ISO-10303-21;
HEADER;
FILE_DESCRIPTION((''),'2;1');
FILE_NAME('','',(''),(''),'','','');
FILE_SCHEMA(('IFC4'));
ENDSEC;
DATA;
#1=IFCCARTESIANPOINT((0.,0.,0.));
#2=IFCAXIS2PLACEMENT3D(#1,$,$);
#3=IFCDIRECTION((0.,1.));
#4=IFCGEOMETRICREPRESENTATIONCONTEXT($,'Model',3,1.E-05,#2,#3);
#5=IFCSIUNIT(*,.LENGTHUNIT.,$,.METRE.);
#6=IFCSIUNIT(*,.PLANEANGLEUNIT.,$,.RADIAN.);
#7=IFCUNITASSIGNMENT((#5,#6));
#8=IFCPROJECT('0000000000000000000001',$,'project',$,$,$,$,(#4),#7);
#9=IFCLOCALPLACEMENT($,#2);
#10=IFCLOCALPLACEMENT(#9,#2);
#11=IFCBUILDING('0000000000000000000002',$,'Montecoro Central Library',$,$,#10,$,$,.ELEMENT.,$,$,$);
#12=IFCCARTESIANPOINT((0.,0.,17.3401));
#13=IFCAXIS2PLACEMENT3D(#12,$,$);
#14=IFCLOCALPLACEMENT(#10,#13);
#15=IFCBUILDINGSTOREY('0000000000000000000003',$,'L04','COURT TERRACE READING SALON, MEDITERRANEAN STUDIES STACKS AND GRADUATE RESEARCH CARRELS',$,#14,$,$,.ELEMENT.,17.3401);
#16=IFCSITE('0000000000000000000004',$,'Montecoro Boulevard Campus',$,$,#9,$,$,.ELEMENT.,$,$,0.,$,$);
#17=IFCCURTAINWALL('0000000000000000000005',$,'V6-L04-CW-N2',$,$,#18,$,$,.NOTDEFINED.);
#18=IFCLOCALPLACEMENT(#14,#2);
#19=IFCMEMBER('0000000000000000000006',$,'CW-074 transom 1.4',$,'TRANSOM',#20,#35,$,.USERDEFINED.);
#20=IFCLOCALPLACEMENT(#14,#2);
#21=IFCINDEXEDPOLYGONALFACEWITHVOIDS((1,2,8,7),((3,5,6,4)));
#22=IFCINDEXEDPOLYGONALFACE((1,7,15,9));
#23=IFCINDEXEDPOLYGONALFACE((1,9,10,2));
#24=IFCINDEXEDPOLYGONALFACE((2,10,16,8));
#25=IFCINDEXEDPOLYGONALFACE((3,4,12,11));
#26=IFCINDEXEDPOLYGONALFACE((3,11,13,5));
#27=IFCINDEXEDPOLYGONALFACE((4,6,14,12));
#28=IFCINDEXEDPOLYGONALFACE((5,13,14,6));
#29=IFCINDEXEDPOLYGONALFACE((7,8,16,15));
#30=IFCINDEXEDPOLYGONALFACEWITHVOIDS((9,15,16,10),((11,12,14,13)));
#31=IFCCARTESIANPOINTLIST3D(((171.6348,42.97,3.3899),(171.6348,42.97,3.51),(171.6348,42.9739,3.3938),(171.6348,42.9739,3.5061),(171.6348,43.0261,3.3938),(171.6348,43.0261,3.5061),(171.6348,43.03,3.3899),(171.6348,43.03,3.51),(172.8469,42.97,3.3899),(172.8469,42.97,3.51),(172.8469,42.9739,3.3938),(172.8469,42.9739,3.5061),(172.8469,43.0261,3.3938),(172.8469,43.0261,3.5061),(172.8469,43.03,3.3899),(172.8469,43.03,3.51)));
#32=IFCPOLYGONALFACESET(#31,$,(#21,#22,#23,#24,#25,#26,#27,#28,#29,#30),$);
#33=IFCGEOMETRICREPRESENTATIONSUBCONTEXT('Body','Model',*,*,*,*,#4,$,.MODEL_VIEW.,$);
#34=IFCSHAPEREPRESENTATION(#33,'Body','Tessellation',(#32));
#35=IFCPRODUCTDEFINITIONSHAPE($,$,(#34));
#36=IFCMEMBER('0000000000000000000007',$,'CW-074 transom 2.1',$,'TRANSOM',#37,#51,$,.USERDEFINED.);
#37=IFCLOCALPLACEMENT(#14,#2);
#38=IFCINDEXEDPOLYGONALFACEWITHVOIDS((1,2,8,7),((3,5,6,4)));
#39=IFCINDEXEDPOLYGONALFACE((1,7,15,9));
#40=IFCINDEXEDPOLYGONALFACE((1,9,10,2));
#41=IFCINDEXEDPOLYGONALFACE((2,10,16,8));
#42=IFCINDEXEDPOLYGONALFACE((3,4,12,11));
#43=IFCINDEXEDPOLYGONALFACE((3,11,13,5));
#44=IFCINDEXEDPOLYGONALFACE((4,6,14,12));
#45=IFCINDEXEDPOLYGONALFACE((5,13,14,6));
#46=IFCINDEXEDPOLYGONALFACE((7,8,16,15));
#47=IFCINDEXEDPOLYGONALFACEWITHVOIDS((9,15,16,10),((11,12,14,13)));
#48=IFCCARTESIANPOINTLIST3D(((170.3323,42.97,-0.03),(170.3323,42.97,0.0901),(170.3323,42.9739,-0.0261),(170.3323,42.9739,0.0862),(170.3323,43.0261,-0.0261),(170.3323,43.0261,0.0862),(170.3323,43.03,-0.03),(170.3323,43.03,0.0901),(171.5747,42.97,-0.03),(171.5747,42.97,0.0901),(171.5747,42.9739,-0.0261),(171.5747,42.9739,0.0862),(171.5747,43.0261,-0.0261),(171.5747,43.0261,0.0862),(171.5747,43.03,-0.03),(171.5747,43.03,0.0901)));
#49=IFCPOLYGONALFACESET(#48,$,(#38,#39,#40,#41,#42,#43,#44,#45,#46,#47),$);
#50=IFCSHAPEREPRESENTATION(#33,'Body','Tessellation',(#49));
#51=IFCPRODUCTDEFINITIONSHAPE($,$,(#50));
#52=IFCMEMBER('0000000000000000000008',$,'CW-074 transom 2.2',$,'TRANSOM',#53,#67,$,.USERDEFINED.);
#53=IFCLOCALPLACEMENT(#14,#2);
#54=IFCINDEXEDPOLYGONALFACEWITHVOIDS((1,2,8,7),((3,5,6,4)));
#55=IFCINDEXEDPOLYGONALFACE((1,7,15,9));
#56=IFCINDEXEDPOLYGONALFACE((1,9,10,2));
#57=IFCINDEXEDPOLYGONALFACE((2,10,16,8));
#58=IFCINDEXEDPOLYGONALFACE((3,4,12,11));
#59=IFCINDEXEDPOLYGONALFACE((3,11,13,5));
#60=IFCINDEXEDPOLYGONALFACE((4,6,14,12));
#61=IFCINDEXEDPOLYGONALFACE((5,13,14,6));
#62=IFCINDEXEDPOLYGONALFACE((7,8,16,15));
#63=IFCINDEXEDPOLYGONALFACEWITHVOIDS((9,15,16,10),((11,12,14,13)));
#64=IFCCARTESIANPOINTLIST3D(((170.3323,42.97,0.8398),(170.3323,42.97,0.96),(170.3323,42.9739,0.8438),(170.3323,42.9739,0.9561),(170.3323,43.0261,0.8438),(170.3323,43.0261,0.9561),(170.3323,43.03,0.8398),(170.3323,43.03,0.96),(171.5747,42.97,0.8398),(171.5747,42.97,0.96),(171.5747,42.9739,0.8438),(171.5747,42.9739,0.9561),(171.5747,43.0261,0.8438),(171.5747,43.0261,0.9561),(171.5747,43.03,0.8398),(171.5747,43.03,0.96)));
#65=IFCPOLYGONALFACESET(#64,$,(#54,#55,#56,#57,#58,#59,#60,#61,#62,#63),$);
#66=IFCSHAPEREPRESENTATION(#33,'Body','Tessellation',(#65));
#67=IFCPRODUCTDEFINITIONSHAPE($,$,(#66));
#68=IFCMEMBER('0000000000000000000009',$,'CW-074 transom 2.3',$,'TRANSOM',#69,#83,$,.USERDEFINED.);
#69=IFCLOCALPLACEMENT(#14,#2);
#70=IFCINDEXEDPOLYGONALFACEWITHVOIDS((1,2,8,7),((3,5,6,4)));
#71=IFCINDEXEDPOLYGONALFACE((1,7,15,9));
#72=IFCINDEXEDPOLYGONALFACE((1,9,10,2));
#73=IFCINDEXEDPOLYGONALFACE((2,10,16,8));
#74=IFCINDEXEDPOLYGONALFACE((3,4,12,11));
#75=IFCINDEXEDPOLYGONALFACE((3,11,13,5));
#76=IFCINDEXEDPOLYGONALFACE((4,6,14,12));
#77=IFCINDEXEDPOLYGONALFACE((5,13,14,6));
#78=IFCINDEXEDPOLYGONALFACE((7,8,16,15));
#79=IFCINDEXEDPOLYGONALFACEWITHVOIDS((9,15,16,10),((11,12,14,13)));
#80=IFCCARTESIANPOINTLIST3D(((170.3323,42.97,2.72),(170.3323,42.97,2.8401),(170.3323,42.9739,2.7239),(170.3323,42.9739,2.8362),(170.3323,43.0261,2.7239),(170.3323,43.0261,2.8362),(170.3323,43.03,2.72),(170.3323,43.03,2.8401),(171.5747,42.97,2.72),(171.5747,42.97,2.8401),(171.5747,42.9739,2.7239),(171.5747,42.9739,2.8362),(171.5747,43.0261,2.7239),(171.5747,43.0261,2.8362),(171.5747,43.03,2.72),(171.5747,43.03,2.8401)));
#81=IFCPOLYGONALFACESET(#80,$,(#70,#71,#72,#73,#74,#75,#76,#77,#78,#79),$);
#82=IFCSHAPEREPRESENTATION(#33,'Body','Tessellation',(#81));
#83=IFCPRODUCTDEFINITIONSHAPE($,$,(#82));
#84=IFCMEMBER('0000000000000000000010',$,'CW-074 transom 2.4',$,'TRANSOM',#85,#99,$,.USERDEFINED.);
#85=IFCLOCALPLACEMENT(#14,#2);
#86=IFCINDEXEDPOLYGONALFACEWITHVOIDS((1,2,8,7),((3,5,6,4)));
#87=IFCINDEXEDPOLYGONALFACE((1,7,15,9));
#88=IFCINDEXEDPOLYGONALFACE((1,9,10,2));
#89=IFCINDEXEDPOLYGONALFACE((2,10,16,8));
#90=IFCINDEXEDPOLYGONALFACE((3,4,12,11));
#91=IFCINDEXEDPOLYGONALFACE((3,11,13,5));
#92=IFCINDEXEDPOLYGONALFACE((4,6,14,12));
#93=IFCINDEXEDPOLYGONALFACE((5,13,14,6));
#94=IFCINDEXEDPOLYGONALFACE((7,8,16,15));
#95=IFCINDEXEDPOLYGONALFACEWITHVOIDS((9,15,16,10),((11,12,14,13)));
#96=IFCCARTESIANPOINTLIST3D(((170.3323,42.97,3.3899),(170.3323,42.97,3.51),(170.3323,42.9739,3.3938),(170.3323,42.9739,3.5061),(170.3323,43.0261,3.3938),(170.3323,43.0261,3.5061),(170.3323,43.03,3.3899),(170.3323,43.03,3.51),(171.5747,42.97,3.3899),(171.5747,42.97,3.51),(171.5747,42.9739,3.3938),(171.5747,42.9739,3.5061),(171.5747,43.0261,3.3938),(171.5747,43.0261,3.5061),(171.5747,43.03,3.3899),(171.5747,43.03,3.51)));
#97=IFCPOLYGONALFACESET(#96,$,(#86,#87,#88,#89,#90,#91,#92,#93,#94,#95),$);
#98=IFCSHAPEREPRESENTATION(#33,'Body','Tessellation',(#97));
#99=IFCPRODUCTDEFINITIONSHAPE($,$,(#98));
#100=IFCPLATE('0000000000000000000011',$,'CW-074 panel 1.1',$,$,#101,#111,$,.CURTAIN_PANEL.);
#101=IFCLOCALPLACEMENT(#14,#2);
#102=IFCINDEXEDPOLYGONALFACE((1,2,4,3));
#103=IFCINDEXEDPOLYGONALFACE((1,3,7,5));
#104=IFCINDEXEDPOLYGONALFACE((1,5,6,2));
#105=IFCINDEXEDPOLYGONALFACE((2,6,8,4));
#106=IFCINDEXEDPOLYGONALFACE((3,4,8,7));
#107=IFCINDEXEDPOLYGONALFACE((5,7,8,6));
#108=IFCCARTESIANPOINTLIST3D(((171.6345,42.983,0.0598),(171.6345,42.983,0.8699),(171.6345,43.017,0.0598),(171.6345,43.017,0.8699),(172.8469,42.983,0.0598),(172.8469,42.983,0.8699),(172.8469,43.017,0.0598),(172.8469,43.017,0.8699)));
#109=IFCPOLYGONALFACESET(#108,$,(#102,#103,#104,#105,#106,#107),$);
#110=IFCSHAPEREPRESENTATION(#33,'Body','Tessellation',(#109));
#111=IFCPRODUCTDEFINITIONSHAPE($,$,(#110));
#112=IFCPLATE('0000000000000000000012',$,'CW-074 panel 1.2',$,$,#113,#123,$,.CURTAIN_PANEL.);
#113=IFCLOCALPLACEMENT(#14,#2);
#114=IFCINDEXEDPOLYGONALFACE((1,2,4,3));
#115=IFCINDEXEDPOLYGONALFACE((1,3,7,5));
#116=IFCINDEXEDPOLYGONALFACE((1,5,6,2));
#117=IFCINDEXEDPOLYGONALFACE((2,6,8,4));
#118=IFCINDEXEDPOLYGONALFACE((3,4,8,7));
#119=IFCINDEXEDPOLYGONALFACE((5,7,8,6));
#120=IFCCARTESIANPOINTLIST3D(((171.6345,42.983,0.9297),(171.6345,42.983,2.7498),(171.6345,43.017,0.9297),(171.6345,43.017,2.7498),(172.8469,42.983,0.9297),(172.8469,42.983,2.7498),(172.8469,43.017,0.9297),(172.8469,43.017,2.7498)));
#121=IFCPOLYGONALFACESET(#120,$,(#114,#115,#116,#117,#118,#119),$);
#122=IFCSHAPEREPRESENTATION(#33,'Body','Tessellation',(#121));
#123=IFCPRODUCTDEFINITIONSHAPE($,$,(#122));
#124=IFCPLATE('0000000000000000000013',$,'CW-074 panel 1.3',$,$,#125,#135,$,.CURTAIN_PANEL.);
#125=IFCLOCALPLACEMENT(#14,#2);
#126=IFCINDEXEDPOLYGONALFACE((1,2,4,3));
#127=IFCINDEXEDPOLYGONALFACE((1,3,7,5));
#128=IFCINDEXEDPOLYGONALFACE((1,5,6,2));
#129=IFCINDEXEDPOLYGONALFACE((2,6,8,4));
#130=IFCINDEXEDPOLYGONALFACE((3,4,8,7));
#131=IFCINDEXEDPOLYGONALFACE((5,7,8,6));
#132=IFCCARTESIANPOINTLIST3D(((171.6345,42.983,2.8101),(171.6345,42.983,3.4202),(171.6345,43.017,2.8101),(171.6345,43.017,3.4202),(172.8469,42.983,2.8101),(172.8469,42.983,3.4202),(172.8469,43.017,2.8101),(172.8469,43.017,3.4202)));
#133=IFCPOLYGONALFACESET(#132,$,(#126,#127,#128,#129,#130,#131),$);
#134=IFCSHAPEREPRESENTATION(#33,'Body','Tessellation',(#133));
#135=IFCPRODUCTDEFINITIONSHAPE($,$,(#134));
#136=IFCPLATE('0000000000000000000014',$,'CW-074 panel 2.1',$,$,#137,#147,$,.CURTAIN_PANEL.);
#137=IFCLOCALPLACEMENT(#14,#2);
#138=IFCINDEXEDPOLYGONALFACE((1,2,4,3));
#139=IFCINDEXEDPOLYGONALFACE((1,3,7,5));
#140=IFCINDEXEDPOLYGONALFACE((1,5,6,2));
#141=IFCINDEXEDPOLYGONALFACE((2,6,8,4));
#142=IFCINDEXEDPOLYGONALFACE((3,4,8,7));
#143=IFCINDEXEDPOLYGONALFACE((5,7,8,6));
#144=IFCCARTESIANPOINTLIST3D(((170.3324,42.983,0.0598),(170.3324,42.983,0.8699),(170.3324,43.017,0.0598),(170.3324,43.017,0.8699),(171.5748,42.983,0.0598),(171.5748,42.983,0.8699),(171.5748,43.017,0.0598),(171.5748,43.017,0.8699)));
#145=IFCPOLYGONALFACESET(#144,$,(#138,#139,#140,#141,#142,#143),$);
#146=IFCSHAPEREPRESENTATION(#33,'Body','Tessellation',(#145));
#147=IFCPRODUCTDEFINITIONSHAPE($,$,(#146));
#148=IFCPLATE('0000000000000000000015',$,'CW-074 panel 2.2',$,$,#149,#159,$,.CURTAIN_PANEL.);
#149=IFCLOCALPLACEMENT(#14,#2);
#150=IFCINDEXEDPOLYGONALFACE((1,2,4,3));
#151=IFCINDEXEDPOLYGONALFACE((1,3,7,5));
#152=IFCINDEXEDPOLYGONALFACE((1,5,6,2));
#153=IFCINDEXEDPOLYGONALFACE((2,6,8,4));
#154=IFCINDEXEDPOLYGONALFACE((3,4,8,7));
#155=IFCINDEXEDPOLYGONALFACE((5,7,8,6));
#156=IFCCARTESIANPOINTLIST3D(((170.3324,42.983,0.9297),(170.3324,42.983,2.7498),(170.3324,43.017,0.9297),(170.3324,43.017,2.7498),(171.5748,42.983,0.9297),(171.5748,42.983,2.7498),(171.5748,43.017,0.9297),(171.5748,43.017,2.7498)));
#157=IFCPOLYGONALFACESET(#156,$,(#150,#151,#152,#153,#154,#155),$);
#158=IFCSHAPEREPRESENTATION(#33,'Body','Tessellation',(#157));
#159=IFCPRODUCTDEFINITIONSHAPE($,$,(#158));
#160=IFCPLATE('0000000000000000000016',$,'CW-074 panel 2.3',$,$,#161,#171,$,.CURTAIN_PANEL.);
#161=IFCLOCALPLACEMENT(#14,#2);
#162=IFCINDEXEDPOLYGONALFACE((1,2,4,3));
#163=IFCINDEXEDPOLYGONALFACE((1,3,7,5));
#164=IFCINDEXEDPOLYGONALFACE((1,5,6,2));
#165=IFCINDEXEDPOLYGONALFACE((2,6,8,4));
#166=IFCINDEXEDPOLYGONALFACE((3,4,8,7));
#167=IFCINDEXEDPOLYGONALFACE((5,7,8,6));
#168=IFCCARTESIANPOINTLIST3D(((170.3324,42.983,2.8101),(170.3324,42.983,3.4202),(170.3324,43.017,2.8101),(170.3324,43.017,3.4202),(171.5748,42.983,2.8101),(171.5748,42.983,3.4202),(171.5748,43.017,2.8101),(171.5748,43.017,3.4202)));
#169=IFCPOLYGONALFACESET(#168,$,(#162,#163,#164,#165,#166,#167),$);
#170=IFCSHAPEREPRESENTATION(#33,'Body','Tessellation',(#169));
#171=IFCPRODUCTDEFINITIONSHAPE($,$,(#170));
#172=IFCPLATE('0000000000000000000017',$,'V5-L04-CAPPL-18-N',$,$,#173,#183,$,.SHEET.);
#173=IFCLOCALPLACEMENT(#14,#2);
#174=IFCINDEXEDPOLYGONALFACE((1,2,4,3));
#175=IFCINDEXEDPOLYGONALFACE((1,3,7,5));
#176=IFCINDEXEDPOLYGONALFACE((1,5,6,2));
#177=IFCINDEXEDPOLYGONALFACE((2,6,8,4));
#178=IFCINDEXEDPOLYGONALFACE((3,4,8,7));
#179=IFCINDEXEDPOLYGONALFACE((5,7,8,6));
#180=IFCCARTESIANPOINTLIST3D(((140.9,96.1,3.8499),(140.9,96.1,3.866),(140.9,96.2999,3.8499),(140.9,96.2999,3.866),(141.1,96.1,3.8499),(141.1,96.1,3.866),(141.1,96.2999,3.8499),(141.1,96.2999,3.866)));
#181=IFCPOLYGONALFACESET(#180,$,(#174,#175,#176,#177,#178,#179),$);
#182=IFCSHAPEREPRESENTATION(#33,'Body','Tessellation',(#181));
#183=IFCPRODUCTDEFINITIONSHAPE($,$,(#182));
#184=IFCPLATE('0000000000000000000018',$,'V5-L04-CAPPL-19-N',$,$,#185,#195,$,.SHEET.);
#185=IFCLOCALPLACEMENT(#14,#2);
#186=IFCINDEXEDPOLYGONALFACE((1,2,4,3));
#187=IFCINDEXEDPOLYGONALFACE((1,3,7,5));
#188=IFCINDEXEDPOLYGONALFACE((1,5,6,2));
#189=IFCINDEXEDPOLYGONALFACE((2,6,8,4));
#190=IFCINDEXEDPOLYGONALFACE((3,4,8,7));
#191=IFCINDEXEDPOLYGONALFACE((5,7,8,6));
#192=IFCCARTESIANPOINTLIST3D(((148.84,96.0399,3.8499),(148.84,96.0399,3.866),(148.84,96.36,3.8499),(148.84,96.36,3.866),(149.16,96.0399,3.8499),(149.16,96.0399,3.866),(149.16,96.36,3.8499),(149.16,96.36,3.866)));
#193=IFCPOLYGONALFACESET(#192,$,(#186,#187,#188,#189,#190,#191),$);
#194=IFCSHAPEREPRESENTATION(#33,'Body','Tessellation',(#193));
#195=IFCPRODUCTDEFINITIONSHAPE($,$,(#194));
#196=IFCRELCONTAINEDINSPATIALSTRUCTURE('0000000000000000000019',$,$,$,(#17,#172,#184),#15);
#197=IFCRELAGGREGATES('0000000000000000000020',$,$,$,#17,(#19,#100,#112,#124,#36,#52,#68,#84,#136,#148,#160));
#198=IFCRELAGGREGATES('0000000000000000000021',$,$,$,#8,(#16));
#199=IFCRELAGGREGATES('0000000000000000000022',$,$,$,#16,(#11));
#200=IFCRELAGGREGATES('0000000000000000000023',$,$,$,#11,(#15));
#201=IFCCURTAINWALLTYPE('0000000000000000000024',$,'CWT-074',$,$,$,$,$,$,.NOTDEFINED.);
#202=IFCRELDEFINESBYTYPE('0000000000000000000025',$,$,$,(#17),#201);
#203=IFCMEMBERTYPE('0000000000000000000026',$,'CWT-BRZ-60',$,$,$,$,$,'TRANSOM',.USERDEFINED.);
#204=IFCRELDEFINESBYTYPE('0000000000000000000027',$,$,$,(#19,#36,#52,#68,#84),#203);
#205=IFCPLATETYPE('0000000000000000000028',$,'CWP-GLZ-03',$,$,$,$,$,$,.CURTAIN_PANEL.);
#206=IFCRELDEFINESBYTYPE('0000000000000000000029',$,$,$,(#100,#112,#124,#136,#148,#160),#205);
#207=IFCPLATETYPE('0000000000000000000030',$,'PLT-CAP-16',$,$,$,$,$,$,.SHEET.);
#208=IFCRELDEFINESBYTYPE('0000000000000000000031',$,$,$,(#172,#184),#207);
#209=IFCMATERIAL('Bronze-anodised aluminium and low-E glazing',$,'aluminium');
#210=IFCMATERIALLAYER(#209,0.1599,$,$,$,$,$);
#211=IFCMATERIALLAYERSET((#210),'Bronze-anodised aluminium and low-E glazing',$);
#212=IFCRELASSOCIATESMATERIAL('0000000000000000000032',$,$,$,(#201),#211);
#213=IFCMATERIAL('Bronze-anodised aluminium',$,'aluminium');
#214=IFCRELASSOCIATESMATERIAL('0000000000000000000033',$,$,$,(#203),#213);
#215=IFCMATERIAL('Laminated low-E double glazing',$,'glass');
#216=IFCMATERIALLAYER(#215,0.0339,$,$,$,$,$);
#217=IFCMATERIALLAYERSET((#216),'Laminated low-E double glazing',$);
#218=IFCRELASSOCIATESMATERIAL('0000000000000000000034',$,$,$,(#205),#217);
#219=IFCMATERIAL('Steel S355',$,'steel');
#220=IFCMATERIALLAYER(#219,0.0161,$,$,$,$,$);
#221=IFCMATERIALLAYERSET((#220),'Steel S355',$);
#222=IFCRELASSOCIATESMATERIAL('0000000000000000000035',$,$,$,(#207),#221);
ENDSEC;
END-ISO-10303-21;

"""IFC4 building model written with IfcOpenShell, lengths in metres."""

from ifc_helpers import new_model, si_unit, direction, frame, origin, origin_2d, place, context, subcontext, project, spatial, rectangle, hollow_rectangle, extrude, material, layer, layer_set, material_profile, profile_set, type_object, element, aggregate, save


model = new_model("IFC4")

# Units and contexts
model_context = context("Model", 3, precision=1e-05, world=origin(), true_north=direction((0.0, 1.0)))
body_context = subcontext(model_context, "Body", "Model", "MODEL_VIEW")
ifc_project = project(units=[si_unit("LENGTHUNIT", "METRE"), si_unit("PLANEANGLEUNIT", "RADIAN")], contexts=[model_context])

# Site, building, storey
site_placement = place(None, origin())
site = spatial("IfcSite", under=ifc_project, at=site_placement, Name="Montecoro Boulevard Campus", CompositionType="ELEMENT", RefElevation=0.0)
building_placement = place(site_placement, origin())
building = spatial("IfcBuilding", under=site, at=building_placement, Name="Montecoro Central Library", CompositionType="ELEMENT")
storey_placement = place(building_placement, frame((0.0, 0.0, 17.3401)))
storey = spatial("IfcBuildingStorey", under=building, at=storey_placement, Name="L04", Description="COURT TERRACE READING SALON, MEDITERRANEAN STUDIES STACKS AND GRADUATE RESEARCH CARRELS", CompositionType="ELEMENT", Elevation=17.3401)

# Shared definitions
ifc_material_1 = material(Name="Steel S355", Category="steel")

# Curtain wall, members, plates
ifc_material_2 = material(Name="Bronze-anodised aluminium and low-E glazing", Category="aluminium")
ifc_layer_1 = layer(ifc_material_2, 0.1599)
ifc_layer_set_1 = layer_set([ifc_layer_1], Name="Bronze-anodised aluminium and low-E glazing")
curtain_wall_type = type_object("IfcCurtainWallType", Name="CWT-074", PredefinedType="NOTDEFINED", material=ifc_layer_set_1)
curtain_wall_placement = place(storey_placement, origin())
curtain_wall = element("IfcCurtainWall", 1, at=curtain_wall_placement, inside=storey, type_object=curtain_wall_type, Name="V6-L04-CW-N2", PredefinedType="NOTDEFINED")
ifc_material_3 = material(Name="Bronze-anodised aluminium", Category="aluminium")
ifc_material_profile_1 = material_profile(ifc_material_3, hollow_rectangle(XDim=0.0601, YDim=0.1201, WallThickness=0.0039, at=origin_2d()), Name="CWT 120x60x4.0")
ifc_profile_set_1 = profile_set([ifc_material_profile_1], Name="Bronze-anodised aluminium")
member_type_1 = type_object("IfcMemberType", Name="CWT-BRZ-60", ElementType="TRANSOM", PredefinedType="USERDEFINED", material=ifc_profile_set_1)
member_1_placement = place(storey_placement, frame((172.8469, 43.0, 3.45), z_axis=(-1.0, 0.0, 0.0), x_axis=(0.0, -1.0, 0.0)))
member_1 = element("IfcMember", 2, at=member_1_placement, type_object=member_type_1, Name="CW-074 transom 1.4", ObjectType="TRANSOM", PredefinedType="USERDEFINED", context=body_context, shape_type="SweptSolid", body=[
    extrude(hollow_rectangle(XDim=0.0601, YDim=0.1201, WallThickness=0.0039, at=origin_2d()), origin(), (0.0, 0.0, 1.0), 1.2122),
])
member_2_placement = place(storey_placement, frame((171.5747, 43.0, 0.03), z_axis=(-1.0, 0.0, 0.0), x_axis=(0.0, -1.0, 0.0)))
member_2 = element("IfcMember", 3, at=member_2_placement, type_object=member_type_1, Name="CW-074 transom 2.1", ObjectType="TRANSOM", PredefinedType="USERDEFINED", context=body_context, shape_type="SweptSolid", body=[
    extrude(hollow_rectangle(XDim=0.0601, YDim=0.1201, WallThickness=0.0039, at=origin_2d()), origin(), (0.0, 0.0, 1.0), 1.2424),
])
member_3_placement = place(storey_placement, frame((171.5747, 43.0, 0.8999), z_axis=(-1.0, 0.0, 0.0), x_axis=(0.0, -1.0, 0.0)))
member_3 = element("IfcMember", 4, at=member_3_placement, type_object=member_type_1, Name="CW-074 transom 2.2", ObjectType="TRANSOM", PredefinedType="USERDEFINED", context=body_context, shape_type="SweptSolid", body=[
    extrude(hollow_rectangle(XDim=0.0601, YDim=0.1201, WallThickness=0.0039, at=origin_2d()), origin(), (0.0, 0.0, 1.0), 1.2424),
])
member_4_placement = place(storey_placement, frame((171.5747, 43.0, 2.78), z_axis=(-1.0, 0.0, 0.0), x_axis=(0.0, -1.0, 0.0)))
member_4 = element("IfcMember", 5, at=member_4_placement, type_object=member_type_1, Name="CW-074 transom 2.3", ObjectType="TRANSOM", PredefinedType="USERDEFINED", context=body_context, shape_type="SweptSolid", body=[
    extrude(hollow_rectangle(XDim=0.0601, YDim=0.1201, WallThickness=0.0039, at=origin_2d()), origin(), (0.0, 0.0, 1.0), 1.2424),
])
member_5_placement = place(storey_placement, frame((171.5747, 43.0, 3.45), z_axis=(-1.0, 0.0, 0.0), x_axis=(0.0, -1.0, 0.0)))
member_5 = element("IfcMember", 6, at=member_5_placement, type_object=member_type_1, Name="CW-074 transom 2.4", ObjectType="TRANSOM", PredefinedType="USERDEFINED", context=body_context, shape_type="SweptSolid", body=[
    extrude(hollow_rectangle(XDim=0.0601, YDim=0.1201, WallThickness=0.0039, at=origin_2d()), origin(), (0.0, 0.0, 1.0), 1.2424),
])
ifc_material_4 = material(Name="Laminated low-E double glazing", Category="glass")
ifc_layer_2 = layer(ifc_material_4, 0.0339)
ifc_layer_set_2 = layer_set([ifc_layer_2], Name="Laminated low-E double glazing")
plate_type_1 = type_object("IfcPlateType", Name="CWP-GLZ-03", PredefinedType="CURTAIN_PANEL", material=ifc_layer_set_2)
plate_1_placement = place(storey_placement, frame((172.2407, 43.0, 0.0598), z_axis=(0.0, 0.0, 1.0), x_axis=(-1.0, 0.0, 0.0)))
plate_1 = element("IfcPlate", 7, at=plate_1_placement, type_object=plate_type_1, Name="CW-074 panel 1.1", PredefinedType="CURTAIN_PANEL", context=body_context, shape_type="SweptSolid", body=[
    extrude(rectangle(XDim=1.2124, YDim=0.0339, at=origin_2d()), origin(), (0.0, 0.0, 1.0), 0.8101),
])
plate_2_placement = place(storey_placement, frame((172.2407, 43.0, 0.9297), z_axis=(0.0, 0.0, 1.0), x_axis=(-1.0, 0.0, 0.0)))
plate_2 = element("IfcPlate", 8, at=plate_2_placement, type_object=plate_type_1, Name="CW-074 panel 1.2", PredefinedType="CURTAIN_PANEL", context=body_context, shape_type="SweptSolid", body=[
    extrude(rectangle(XDim=1.2124, YDim=0.0339, at=origin_2d()), origin(), (0.0, 0.0, 1.0), 1.8201),
])
plate_3_placement = place(storey_placement, frame((172.2407, 43.0, 2.8101), z_axis=(0.0, 0.0, 1.0), x_axis=(-1.0, 0.0, 0.0)))
plate_3 = element("IfcPlate", 9, at=plate_3_placement, type_object=plate_type_1, Name="CW-074 panel 1.3", PredefinedType="CURTAIN_PANEL", context=body_context, shape_type="SweptSolid", body=[
    extrude(rectangle(XDim=1.2124, YDim=0.0339, at=origin_2d()), origin(), (0.0, 0.0, 1.0), 0.6101),
])
plate_4_placement = place(storey_placement, frame((170.9536, 43.0, 0.0598), z_axis=(0.0, 0.0, 1.0), x_axis=(-1.0, 0.0, 0.0)))
plate_4 = element("IfcPlate", 10, at=plate_4_placement, type_object=plate_type_1, Name="CW-074 panel 2.1", PredefinedType="CURTAIN_PANEL", context=body_context, shape_type="SweptSolid", body=[
    extrude(rectangle(XDim=1.2424, YDim=0.0339, at=origin_2d()), origin(), (0.0, 0.0, 1.0), 0.8101),
])
plate_5_placement = place(storey_placement, frame((170.9536, 43.0, 0.9297), z_axis=(0.0, 0.0, 1.0), x_axis=(-1.0, 0.0, 0.0)))
plate_5 = element("IfcPlate", 11, at=plate_5_placement, type_object=plate_type_1, Name="CW-074 panel 2.2", PredefinedType="CURTAIN_PANEL", context=body_context, shape_type="SweptSolid", body=[
    extrude(rectangle(XDim=1.2424, YDim=0.0339, at=origin_2d()), origin(), (0.0, 0.0, 1.0), 1.8201),
])
plate_6_placement = place(storey_placement, frame((170.9536, 43.0, 2.8101), z_axis=(0.0, 0.0, 1.0), x_axis=(-1.0, 0.0, 0.0)))
plate_6 = element("IfcPlate", 12, at=plate_6_placement, type_object=plate_type_1, Name="CW-074 panel 2.3", PredefinedType="CURTAIN_PANEL", context=body_context, shape_type="SweptSolid", body=[
    extrude(rectangle(XDim=1.2424, YDim=0.0339, at=origin_2d()), origin(), (0.0, 0.0, 1.0), 0.6101),
])
aggregate(curtain_wall, [member_1, plate_1, plate_2, plate_3, member_2, member_3, member_4, member_5, plate_4, plate_5, plate_6])

# Plates
ifc_layer_3 = layer(ifc_material_1, 0.0161)
ifc_layer_set_3 = layer_set([ifc_layer_3], Name="Steel S355")
plate_type_2 = type_object("IfcPlateType", Name="PLT-CAP-16", PredefinedType="SHEET", material=ifc_layer_set_3)
plate_7_placement = place(storey_placement, frame((141.0, 96.2, 3.8499), z_axis=(0.0, 0.0, 1.0), x_axis=(1.0, 0.0, 0.0)))
element("IfcPlate", 13, at=plate_7_placement, inside=storey, type_object=plate_type_2, Name="V5-L04-CAPPL-18-N", PredefinedType="SHEET", context=body_context, shape_type="SweptSolid", body=[
    extrude(rectangle(XDim=0.2, YDim=0.2, at=origin_2d()), origin(), (0.0, 0.0, 1.0), 0.0161),
])
for number, where, z_axis, x_axis, name in (
    (14, (149.0, 96.2, 3.8499), (0.0, 0.0, 1.0), (1.0, 0.0, 0.0), "V5-L04-CAPPL-19-N"),
):
    element("IfcPlate", number, at=place(storey_placement, frame(where, z_axis=z_axis, x_axis=x_axis)), inside=storey, type_object=plate_type_2, Name=name, PredefinedType="SHEET", context=body_context, shape_type="SweptSolid", body=[
        extrude(rectangle(XDim=0.3201, YDim=0.3201, at=origin_2d()), origin(), (0.0, 0.0, 1.0), 0.0161),
    ])

save(model, "model.ifc")
